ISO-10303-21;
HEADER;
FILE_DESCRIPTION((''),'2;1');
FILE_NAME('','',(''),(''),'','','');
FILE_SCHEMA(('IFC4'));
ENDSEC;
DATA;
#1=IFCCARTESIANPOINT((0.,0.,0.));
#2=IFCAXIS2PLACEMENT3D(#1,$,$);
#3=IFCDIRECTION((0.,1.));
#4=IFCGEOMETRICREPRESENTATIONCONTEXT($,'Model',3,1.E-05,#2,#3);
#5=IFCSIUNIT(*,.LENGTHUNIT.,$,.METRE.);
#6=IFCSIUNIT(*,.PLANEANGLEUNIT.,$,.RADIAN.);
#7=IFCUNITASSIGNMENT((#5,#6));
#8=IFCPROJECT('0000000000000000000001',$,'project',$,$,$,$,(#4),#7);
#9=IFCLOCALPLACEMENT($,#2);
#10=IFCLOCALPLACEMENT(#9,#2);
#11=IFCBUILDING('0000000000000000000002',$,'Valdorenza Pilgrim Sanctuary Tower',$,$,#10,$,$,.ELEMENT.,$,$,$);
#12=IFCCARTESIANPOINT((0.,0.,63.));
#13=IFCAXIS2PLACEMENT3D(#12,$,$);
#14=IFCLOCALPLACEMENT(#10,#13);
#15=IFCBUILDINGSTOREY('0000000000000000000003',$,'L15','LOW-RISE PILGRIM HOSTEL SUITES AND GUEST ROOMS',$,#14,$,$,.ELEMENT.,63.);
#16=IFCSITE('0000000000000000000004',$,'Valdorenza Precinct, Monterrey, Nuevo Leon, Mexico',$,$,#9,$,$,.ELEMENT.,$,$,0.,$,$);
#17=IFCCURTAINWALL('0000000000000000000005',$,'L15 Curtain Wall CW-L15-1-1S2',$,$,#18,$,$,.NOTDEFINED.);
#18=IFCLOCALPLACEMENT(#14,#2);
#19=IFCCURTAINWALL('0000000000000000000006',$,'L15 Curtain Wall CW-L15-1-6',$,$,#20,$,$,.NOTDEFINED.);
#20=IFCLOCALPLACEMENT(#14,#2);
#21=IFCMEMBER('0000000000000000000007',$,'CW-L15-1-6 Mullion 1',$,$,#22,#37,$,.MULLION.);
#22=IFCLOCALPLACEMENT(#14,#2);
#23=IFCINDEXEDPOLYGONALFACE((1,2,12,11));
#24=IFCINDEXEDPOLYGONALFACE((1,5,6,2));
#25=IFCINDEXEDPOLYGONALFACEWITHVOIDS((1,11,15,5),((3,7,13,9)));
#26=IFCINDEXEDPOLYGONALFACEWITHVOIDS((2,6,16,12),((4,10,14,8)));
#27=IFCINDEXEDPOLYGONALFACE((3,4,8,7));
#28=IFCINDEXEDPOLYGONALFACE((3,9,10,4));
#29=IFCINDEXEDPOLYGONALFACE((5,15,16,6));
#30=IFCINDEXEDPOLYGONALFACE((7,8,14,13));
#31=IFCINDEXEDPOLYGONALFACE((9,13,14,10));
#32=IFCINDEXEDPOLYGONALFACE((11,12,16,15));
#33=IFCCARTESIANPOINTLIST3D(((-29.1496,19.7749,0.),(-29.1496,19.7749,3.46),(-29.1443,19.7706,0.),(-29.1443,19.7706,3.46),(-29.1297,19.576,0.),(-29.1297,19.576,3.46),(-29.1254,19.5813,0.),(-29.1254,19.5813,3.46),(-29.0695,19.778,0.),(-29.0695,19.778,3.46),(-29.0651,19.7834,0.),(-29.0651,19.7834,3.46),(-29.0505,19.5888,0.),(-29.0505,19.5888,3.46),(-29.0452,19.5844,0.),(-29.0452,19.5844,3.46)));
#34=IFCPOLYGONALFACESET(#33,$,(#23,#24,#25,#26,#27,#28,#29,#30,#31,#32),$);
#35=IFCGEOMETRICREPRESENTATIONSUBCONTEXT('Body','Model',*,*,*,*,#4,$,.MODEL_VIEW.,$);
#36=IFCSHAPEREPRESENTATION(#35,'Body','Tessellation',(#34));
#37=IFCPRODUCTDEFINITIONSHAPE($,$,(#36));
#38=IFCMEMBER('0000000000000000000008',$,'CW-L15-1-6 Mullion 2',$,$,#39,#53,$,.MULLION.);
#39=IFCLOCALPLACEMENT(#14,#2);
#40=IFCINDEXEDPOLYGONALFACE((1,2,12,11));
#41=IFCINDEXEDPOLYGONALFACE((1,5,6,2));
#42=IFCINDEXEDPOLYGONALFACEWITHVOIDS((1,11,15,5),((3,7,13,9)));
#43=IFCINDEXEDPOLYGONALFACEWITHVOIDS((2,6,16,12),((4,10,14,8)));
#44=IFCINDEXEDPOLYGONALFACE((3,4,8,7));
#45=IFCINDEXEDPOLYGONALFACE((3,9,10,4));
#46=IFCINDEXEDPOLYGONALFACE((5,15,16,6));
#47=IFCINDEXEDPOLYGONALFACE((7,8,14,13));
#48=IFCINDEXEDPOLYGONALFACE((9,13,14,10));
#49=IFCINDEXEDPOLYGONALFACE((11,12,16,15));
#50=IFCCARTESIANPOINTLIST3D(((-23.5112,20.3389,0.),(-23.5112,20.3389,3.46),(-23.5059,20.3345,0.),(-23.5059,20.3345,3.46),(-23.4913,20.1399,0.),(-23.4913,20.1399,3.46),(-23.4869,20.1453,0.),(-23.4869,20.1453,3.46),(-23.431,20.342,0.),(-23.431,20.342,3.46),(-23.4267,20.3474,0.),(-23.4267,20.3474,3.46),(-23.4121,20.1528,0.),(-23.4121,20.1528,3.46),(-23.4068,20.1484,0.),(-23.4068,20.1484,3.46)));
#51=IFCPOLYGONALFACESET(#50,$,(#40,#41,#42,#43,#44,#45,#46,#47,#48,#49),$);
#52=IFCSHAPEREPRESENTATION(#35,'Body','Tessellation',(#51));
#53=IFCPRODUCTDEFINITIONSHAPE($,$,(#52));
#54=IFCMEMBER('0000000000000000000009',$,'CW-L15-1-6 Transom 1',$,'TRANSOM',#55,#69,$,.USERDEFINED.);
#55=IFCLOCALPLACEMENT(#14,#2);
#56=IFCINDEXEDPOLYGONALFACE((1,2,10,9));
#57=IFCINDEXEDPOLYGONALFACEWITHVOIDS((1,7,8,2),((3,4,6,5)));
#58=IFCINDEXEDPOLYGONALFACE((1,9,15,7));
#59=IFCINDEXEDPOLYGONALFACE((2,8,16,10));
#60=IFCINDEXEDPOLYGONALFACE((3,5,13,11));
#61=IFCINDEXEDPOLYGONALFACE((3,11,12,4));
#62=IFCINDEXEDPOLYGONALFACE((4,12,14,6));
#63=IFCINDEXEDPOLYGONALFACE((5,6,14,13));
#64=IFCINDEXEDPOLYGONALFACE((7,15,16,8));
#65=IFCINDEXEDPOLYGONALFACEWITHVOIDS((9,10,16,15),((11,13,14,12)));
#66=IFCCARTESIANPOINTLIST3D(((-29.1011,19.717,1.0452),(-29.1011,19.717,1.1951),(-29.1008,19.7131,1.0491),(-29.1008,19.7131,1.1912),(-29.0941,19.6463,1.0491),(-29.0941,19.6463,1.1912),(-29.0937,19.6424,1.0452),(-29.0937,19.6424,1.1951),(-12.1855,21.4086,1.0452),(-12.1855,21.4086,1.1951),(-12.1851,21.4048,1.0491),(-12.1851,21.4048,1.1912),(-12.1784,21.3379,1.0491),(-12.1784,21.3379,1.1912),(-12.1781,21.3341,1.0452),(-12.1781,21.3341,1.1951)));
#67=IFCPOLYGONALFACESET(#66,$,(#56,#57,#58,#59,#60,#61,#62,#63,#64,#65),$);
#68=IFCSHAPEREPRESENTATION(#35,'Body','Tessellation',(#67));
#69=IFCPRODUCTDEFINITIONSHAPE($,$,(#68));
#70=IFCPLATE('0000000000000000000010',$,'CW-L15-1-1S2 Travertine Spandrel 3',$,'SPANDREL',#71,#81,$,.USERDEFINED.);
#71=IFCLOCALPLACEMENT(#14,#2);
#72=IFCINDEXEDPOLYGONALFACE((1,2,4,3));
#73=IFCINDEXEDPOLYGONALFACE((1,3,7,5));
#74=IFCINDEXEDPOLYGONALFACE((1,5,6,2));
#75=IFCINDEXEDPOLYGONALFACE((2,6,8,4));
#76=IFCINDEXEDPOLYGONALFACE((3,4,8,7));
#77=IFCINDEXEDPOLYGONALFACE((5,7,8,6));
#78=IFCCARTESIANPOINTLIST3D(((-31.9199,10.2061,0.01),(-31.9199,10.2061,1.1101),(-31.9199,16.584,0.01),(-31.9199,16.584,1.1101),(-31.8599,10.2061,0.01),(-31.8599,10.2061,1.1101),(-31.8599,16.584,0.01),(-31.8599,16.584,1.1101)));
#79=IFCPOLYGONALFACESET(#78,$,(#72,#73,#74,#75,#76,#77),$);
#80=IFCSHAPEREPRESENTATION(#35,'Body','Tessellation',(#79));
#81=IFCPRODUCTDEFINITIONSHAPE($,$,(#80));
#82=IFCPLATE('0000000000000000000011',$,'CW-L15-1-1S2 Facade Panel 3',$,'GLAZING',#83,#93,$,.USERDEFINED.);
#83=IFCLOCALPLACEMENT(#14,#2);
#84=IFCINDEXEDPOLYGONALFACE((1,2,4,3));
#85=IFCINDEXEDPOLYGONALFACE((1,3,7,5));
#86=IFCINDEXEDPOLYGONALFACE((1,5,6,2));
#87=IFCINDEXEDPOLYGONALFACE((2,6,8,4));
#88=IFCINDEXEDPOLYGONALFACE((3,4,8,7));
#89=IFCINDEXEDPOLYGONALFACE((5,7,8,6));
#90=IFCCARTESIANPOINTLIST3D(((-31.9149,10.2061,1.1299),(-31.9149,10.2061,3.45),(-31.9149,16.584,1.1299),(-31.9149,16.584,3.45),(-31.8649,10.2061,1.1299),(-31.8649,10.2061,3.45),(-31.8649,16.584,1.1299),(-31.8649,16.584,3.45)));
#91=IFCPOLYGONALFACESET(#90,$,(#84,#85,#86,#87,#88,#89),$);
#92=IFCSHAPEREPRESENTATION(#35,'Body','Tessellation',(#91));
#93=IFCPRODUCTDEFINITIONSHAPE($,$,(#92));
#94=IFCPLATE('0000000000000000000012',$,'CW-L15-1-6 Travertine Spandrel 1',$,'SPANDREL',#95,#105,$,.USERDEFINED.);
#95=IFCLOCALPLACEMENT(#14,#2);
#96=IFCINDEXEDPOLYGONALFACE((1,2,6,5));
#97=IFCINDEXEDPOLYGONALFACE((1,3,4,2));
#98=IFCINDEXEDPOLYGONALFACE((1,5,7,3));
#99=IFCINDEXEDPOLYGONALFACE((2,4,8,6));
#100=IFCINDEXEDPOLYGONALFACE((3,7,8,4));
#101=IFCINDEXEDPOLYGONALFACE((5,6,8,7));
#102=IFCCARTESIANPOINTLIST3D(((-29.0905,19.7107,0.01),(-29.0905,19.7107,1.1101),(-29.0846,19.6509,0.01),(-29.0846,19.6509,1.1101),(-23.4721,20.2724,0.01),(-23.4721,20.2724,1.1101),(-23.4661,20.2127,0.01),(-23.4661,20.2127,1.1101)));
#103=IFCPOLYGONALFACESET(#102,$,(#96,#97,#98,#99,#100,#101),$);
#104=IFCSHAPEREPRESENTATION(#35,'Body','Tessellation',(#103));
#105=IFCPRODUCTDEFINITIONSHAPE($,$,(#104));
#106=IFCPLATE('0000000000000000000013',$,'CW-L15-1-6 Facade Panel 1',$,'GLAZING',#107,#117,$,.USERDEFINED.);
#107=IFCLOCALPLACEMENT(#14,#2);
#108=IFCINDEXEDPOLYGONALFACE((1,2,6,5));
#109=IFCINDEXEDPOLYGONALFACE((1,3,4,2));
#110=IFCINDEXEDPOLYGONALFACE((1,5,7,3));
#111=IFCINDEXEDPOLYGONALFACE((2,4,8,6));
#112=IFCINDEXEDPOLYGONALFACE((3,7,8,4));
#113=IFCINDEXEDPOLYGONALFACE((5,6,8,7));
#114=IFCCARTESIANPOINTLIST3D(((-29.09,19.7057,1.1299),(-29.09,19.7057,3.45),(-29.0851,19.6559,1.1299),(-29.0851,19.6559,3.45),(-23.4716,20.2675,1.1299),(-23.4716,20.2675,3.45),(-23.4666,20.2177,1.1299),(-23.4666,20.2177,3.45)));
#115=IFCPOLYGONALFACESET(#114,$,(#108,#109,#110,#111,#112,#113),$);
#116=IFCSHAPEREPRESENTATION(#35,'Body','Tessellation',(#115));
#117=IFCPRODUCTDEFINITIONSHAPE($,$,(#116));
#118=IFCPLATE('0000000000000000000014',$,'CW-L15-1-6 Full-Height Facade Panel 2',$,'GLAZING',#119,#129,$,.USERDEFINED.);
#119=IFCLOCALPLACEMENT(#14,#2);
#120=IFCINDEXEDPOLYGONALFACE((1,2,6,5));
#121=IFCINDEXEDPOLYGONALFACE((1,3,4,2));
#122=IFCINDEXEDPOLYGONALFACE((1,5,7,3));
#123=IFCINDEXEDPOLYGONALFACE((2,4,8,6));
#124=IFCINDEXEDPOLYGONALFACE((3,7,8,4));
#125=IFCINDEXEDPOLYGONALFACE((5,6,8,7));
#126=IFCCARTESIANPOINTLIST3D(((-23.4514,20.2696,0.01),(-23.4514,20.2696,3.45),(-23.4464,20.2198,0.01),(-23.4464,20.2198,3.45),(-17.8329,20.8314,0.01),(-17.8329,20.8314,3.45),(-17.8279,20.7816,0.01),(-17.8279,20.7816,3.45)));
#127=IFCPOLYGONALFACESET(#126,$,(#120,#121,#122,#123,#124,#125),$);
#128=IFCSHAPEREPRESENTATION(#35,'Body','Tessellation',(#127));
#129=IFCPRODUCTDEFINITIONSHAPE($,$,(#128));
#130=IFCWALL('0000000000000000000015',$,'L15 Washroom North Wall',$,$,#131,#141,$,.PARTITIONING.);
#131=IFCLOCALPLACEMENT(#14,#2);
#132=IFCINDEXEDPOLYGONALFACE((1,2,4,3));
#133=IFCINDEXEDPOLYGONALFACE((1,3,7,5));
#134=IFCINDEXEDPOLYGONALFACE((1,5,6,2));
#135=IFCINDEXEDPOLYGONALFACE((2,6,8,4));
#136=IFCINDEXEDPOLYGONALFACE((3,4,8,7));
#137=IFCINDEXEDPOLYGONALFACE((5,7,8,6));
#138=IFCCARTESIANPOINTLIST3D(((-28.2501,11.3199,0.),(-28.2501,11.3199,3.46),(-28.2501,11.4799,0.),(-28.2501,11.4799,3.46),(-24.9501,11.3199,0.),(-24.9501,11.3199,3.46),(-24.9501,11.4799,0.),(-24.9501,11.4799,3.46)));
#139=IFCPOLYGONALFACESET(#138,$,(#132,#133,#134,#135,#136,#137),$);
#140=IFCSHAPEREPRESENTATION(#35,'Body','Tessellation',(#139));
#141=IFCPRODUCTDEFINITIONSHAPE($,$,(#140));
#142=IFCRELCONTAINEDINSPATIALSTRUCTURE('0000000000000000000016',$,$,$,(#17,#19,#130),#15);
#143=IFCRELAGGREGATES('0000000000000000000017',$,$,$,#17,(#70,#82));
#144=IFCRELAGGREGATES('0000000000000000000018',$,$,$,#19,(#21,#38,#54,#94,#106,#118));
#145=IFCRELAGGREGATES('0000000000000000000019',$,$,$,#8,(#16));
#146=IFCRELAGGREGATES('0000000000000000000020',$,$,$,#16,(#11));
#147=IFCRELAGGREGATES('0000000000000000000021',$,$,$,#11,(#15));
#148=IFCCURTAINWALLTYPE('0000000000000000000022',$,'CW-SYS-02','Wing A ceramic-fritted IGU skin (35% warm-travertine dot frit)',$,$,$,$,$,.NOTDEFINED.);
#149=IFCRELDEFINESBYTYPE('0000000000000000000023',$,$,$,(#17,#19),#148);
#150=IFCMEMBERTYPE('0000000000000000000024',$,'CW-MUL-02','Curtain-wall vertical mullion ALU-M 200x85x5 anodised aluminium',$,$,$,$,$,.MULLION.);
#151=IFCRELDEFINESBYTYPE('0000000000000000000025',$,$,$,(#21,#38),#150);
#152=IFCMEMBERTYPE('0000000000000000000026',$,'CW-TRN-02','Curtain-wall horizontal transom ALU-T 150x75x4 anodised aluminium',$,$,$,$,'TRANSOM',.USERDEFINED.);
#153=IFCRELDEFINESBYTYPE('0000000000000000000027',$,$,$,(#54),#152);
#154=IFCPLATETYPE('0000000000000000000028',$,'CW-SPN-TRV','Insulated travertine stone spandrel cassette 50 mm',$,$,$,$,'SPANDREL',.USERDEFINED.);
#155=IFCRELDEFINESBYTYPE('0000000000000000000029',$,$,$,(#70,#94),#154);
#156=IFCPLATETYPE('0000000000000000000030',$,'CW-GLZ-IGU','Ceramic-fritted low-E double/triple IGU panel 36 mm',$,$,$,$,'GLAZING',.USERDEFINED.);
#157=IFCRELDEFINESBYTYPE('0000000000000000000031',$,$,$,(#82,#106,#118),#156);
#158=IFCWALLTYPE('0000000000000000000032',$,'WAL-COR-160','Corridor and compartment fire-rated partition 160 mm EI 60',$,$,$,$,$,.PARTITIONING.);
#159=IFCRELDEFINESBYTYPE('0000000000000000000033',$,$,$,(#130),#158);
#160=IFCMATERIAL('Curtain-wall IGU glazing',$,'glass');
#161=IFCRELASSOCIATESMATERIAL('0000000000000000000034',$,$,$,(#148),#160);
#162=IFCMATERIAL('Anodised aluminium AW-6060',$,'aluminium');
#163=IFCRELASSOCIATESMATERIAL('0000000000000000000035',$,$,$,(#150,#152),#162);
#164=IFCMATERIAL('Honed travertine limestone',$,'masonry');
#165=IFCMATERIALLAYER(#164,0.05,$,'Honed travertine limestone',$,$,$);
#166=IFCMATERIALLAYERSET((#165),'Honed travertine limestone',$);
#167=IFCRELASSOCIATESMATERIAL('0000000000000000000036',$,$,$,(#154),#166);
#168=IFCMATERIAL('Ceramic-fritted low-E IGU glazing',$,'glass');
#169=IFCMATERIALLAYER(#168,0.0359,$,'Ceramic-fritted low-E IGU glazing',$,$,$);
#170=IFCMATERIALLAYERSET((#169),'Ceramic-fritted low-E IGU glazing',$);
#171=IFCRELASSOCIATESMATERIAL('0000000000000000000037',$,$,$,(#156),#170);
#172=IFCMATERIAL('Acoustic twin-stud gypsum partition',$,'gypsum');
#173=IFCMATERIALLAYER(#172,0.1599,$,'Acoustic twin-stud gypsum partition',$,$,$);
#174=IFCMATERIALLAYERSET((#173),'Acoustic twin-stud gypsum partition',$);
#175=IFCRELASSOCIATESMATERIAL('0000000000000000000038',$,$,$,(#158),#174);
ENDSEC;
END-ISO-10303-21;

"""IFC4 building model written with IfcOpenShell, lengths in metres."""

from ifc_helpers import new_model, si_unit, direction, frame, frame_2d, origin, origin_2d, place, context, subcontext, project, spatial, rectangle, hollow_rectangle, extrude, source, transform, mapped, material, layer, layer_set, material_profile, profile_set, type_object, element, aggregate, save


model = new_model("IFC4")

# Units and contexts
model_context = context("Model", 3, precision=1e-05, world=origin(), true_north=direction((0.0, 1.0)))
body_context = subcontext(model_context, "Body", "Model", "MODEL_VIEW")
ifc_project = project(units=[si_unit("LENGTHUNIT", "METRE"), si_unit("PLANEANGLEUNIT", "RADIAN")], contexts=[model_context])

# Site, building, storey
site_placement = place(None, origin())
site = spatial("IfcSite", under=ifc_project, at=site_placement, Name="Valdorenza Precinct, Monterrey, Nuevo Leon, Mexico", CompositionType="ELEMENT", RefElevation=0.0)
building_placement = place(site_placement, origin())
building = spatial("IfcBuilding", under=site, at=building_placement, Name="Valdorenza Pilgrim Sanctuary Tower", CompositionType="ELEMENT")
storey_placement = place(building_placement, frame((0.0, 0.0, 63.0)))
storey = spatial("IfcBuildingStorey", under=building, at=storey_placement, Name="L15", Description="LOW-RISE PILGRIM HOSTEL SUITES AND GUEST ROOMS", CompositionType="ELEMENT", Elevation=63.0)

# Curtain walls, members
ifc_material_1 = material(Name="Curtain-wall IGU glazing", Category="glass")
curtain_wall_type = type_object("IfcCurtainWallType", Name="CW-SYS-02", Description="Wing A ceramic-fritted IGU skin (35% warm-travertine dot frit)", PredefinedType="NOTDEFINED", material=ifc_material_1)
curtain_wall_1_placement = place(storey_placement, origin())
curtain_wall_1 = element("IfcCurtainWall", 1, at=curtain_wall_1_placement, inside=storey, type_object=curtain_wall_type, Name="L15 Curtain Wall CW-L15-1-1S2", PredefinedType="NOTDEFINED")
ifc_material_2 = material(Name="Anodised aluminium AW-6060", Category="aluminium")
ifc_material_profile_1 = material_profile(ifc_material_2, hollow_rectangle(XDim=0.085, YDim=0.2, WallThickness=0.0049, at=origin_2d()), Name="ALU-M 200x85x5")
ifc_profile_set_1 = profile_set([ifc_material_profile_1], Name="Anodised aluminium AW-6060")
member_type_1 = type_object("IfcMemberType", Name="CW-MUL-02", Description="Curtain-wall vertical mullion ALU-M 200x85x5 anodised aluminium", PredefinedType="MULLION", material=ifc_profile_set_1)
shared_shape_1 = source(origin(), body_context, "Body", "SweptSolid", [
    extrude(hollow_rectangle(XDim=0.085, YDim=0.2, WallThickness=0.0049, at=origin_2d()), origin(), (0.0, 0.0, 1.0), 3.46),
])
curtain_wall_2_placement = place(storey_placement, origin())
curtain_wall_2 = element("IfcCurtainWall", 2, at=curtain_wall_2_placement, inside=storey, type_object=curtain_wall_type, Name="L15 Curtain Wall CW-L15-1-6", PredefinedType="NOTDEFINED")
member_1_placement = place(storey_placement, frame((-29.0974, 19.6797, 0.0), z_axis=(0.0, 0.0, 1.0), x_axis=(0.995038, 0.099493, 0.0)))
member_1 = element("IfcMember", 3, at=member_1_placement, type_object=member_type_1, Name="CW-L15-1-6 Mullion 1", PredefinedType="MULLION", context=body_context, shape_type="MappedRepresentation", body=[
    mapped(shared_shape_1, transform((0.0, 0.0, 0.0), x_axis=(1.0, 0.0, 0.0), y_axis=(0.0, 1.0, 0.0), z_axis=(0.0, 0.0, 1.0), scale=1.0)),
])
member_2_placement = place(storey_placement, frame((-23.459, 20.2437, 0.0), z_axis=(0.0, 0.0, 1.0), x_axis=(0.995038, 0.099493, 0.0)))
member_2 = element("IfcMember", 4, at=member_2_placement, type_object=member_type_1, Name="CW-L15-1-6 Mullion 2", PredefinedType="MULLION", context=body_context, shape_type="MappedRepresentation", body=[
    mapped(shared_shape_1, transform((0.0, 0.0, 0.0), x_axis=(1.0, 0.0, 0.0), y_axis=(0.0, 1.0, 0.0), z_axis=(0.0, 0.0, 1.0), scale=1.0)),
])
ifc_material_profile_2 = material_profile(ifc_material_2, hollow_rectangle(XDim=0.075, YDim=0.1499, WallThickness=0.0039, at=origin_2d()), Name="ALU-T 150x75x4")
ifc_profile_set_2 = profile_set([ifc_material_profile_2], Name="Anodised aluminium AW-6060")
member_type_2 = type_object("IfcMemberType", Name="CW-TRN-02", Description="Curtain-wall horizontal transom ALU-T 150x75x4 anodised aluminium", ElementType="TRANSOM", PredefinedType="USERDEFINED", material=ifc_profile_set_2)
shared_shape_2 = source(origin(), body_context, "Body", "SweptSolid", [
    extrude(hollow_rectangle(XDim=0.075, YDim=0.1499, WallThickness=0.0039, at=origin_2d()), origin(), (0.0, 0.0, 1.0), 17.0),
])
member_3_placement = place(storey_placement, frame((-29.0974, 19.6797, 1.1201), z_axis=(0.995037, 0.099509, 0.0), x_axis=(-0.099509, 0.995037, 0.0)))
member_3 = element("IfcMember", 5, at=member_3_placement, type_object=member_type_2, Name="CW-L15-1-6 Transom 1", ObjectType="TRANSOM", PredefinedType="USERDEFINED", context=body_context, shape_type="MappedRepresentation", body=[
    mapped(shared_shape_2, transform((0.0, 0.0, 0.0), x_axis=(1.0, 0.0, 0.0), y_axis=(0.0, 1.0, 0.0), z_axis=(0.0, 0.0, 1.0), scale=1.0)),
])

# Plates
ifc_material_3 = material(Name="Honed travertine limestone", Category="masonry")
ifc_layer_1 = layer(ifc_material_3, 0.05, Name="Honed travertine limestone")
ifc_layer_set_1 = layer_set([ifc_layer_1], Name="Honed travertine limestone")
plate_type_1 = type_object("IfcPlateType", Name="CW-SPN-TRV", Description="Insulated travertine stone spandrel cassette 50 mm", ElementType="SPANDREL", PredefinedType="USERDEFINED", material=ifc_layer_set_1)
shared_shape_3 = source(origin(), body_context, "Body", "SweptSolid", [
    extrude(rectangle(XDim=6.3779, YDim=0.0601, at=origin_2d()), origin(), (0.0, 0.0, 1.0), 1.1001),
])
plate_1_placement = place(storey_placement, frame((-31.8899, 13.395, 0.01), z_axis=(0.0, 0.0, 1.0), x_axis=(0.0, 1.0, 0.0)))
plate_1 = element("IfcPlate", 6, at=plate_1_placement, type_object=plate_type_1, Name="CW-L15-1-1S2 Travertine Spandrel 3", ObjectType="SPANDREL", PredefinedType="USERDEFINED", context=body_context, shape_type="MappedRepresentation", body=[
    mapped(shared_shape_3, transform((0.0, 0.0, 0.0), x_axis=(1.0, 0.0, 0.0), y_axis=(0.0, 1.0, 0.0), z_axis=(0.0, 0.0, 1.0), scale=1.0)),
])
ifc_material_4 = material(Name="Ceramic-fritted low-E IGU glazing", Category="glass")
ifc_layer_2 = layer(ifc_material_4, 0.0359, Name="Ceramic-fritted low-E IGU glazing")
ifc_layer_set_2 = layer_set([ifc_layer_2], Name="Ceramic-fritted low-E IGU glazing")
plate_type_2 = type_object("IfcPlateType", Name="CW-GLZ-IGU", Description="Ceramic-fritted low-E double/triple IGU panel 36 mm", ElementType="GLAZING", PredefinedType="USERDEFINED", material=ifc_layer_set_2)
shared_shape_4 = source(origin(), body_context, "Body", "SweptSolid", [
    extrude(rectangle(XDim=6.3779, YDim=0.05, at=origin_2d()), origin(), (0.0, 0.0, 1.0), 2.3201),
])
plate_2_placement = place(storey_placement, frame((-31.8899, 13.395, 1.1299), z_axis=(0.0, 0.0, 1.0), x_axis=(0.0, 1.0, 0.0)))
plate_2 = element("IfcPlate", 7, at=plate_2_placement, type_object=plate_type_2, Name="CW-L15-1-1S2 Facade Panel 3", ObjectType="GLAZING", PredefinedType="USERDEFINED", context=body_context, shape_type="MappedRepresentation", body=[
    mapped(shared_shape_4, transform((0.0, 0.0, 0.0), x_axis=(1.0, 0.0, 0.0), y_axis=(0.0, 1.0, 0.0), z_axis=(0.0, 0.0, 1.0), scale=1.0)),
])
aggregate(curtain_wall_1, [plate_1, plate_2])
shared_shape_5 = source(origin(), body_context, "Body", "SweptSolid", [
    extrude(rectangle(XDim=5.6465, YDim=0.0601, at=origin_2d()), origin(), (0.0, 0.0, 1.0), 1.1001),
])
plate_3_placement = place(storey_placement, frame((-26.2783, 19.9617, 0.01), z_axis=(0.0, 0.0, 1.0), x_axis=(0.995038, 0.099493, 0.0)))
plate_3 = element("IfcPlate", 8, at=plate_3_placement, type_object=plate_type_1, Name="CW-L15-1-6 Travertine Spandrel 1", ObjectType="SPANDREL", PredefinedType="USERDEFINED", context=body_context, shape_type="MappedRepresentation", body=[
    mapped(shared_shape_5, transform((0.0, 0.0, 0.0), x_axis=(1.0, 0.0, 0.0), y_axis=(0.0, 1.0, 0.0), z_axis=(0.0, 0.0, 1.0), scale=1.0)),
])
shared_shape_6 = source(origin(), body_context, "Body", "SweptSolid", [
    extrude(rectangle(XDim=5.6465, YDim=0.05, at=origin_2d()), origin(), (0.0, 0.0, 1.0), 2.3201),
])
plate_4_placement = place(storey_placement, frame((-26.2783, 19.9617, 1.1299), z_axis=(0.0, 0.0, 1.0), x_axis=(0.995038, 0.099493, 0.0)))
plate_4 = element("IfcPlate", 9, at=plate_4_placement, type_object=plate_type_2, Name="CW-L15-1-6 Facade Panel 1", ObjectType="GLAZING", PredefinedType="USERDEFINED", context=body_context, shape_type="MappedRepresentation", body=[
    mapped(shared_shape_6, transform((0.0, 0.0, 0.0), x_axis=(1.0, 0.0, 0.0), y_axis=(0.0, 1.0, 0.0), z_axis=(0.0, 0.0, 1.0), scale=1.0)),
])
shared_shape_7 = source(origin(), body_context, "Body", "SweptSolid", [
    extrude(rectangle(XDim=5.6465, YDim=0.05, at=origin_2d()), origin(), (0.0, 0.0, 1.0), 3.4399),
])
plate_5_placement = place(storey_placement, frame((-20.6396, 20.5256, 0.01), z_axis=(0.0, 0.0, 1.0), x_axis=(0.995038, 0.099493, 0.0)))
plate_5 = element("IfcPlate", 10, at=plate_5_placement, type_object=plate_type_2, Name="CW-L15-1-6 Full-Height Facade Panel 2", ObjectType="GLAZING", PredefinedType="USERDEFINED", context=body_context, shape_type="MappedRepresentation", body=[
    mapped(shared_shape_7, transform((0.0, 0.0, 0.0), x_axis=(1.0, 0.0, 0.0), y_axis=(0.0, 1.0, 0.0), z_axis=(0.0, 0.0, 1.0), scale=1.0)),
])
aggregate(curtain_wall_2, [member_1, member_2, member_3, plate_3, plate_4, plate_5])

# Wall
ifc_material_5 = material(Name="Acoustic twin-stud gypsum partition", Category="gypsum")
ifc_layer_3 = layer(ifc_material_5, 0.1599, Name="Acoustic twin-stud gypsum partition")
ifc_layer_set_3 = layer_set([ifc_layer_3], Name="Acoustic twin-stud gypsum partition")
wall_type_1 = type_object("IfcWallType", Name="WAL-COR-160", Description="Corridor and compartment fire-rated partition 160 mm EI 60", PredefinedType="PARTITIONING", material=ifc_layer_set_3)
wall_1_placement = place(storey_placement, frame((-28.25, 11.3999, 0.0), z_axis=(0.0, 0.0, 1.0), x_axis=(1.0, 0.0, 0.0)))
element("IfcWall", 11, at=wall_1_placement, inside=storey, type_object=wall_type_1, Name="L15 Washroom North Wall", PredefinedType="PARTITIONING", context=body_context, shape_type="SweptSolid", body=[
    extrude(rectangle(XDim=3.3, YDim=0.1599, at=frame_2d((1.6499, 0.0))), origin(), (0.0, 0.0, 1.0), 3.46),
])

save(model, "model.ifc")
